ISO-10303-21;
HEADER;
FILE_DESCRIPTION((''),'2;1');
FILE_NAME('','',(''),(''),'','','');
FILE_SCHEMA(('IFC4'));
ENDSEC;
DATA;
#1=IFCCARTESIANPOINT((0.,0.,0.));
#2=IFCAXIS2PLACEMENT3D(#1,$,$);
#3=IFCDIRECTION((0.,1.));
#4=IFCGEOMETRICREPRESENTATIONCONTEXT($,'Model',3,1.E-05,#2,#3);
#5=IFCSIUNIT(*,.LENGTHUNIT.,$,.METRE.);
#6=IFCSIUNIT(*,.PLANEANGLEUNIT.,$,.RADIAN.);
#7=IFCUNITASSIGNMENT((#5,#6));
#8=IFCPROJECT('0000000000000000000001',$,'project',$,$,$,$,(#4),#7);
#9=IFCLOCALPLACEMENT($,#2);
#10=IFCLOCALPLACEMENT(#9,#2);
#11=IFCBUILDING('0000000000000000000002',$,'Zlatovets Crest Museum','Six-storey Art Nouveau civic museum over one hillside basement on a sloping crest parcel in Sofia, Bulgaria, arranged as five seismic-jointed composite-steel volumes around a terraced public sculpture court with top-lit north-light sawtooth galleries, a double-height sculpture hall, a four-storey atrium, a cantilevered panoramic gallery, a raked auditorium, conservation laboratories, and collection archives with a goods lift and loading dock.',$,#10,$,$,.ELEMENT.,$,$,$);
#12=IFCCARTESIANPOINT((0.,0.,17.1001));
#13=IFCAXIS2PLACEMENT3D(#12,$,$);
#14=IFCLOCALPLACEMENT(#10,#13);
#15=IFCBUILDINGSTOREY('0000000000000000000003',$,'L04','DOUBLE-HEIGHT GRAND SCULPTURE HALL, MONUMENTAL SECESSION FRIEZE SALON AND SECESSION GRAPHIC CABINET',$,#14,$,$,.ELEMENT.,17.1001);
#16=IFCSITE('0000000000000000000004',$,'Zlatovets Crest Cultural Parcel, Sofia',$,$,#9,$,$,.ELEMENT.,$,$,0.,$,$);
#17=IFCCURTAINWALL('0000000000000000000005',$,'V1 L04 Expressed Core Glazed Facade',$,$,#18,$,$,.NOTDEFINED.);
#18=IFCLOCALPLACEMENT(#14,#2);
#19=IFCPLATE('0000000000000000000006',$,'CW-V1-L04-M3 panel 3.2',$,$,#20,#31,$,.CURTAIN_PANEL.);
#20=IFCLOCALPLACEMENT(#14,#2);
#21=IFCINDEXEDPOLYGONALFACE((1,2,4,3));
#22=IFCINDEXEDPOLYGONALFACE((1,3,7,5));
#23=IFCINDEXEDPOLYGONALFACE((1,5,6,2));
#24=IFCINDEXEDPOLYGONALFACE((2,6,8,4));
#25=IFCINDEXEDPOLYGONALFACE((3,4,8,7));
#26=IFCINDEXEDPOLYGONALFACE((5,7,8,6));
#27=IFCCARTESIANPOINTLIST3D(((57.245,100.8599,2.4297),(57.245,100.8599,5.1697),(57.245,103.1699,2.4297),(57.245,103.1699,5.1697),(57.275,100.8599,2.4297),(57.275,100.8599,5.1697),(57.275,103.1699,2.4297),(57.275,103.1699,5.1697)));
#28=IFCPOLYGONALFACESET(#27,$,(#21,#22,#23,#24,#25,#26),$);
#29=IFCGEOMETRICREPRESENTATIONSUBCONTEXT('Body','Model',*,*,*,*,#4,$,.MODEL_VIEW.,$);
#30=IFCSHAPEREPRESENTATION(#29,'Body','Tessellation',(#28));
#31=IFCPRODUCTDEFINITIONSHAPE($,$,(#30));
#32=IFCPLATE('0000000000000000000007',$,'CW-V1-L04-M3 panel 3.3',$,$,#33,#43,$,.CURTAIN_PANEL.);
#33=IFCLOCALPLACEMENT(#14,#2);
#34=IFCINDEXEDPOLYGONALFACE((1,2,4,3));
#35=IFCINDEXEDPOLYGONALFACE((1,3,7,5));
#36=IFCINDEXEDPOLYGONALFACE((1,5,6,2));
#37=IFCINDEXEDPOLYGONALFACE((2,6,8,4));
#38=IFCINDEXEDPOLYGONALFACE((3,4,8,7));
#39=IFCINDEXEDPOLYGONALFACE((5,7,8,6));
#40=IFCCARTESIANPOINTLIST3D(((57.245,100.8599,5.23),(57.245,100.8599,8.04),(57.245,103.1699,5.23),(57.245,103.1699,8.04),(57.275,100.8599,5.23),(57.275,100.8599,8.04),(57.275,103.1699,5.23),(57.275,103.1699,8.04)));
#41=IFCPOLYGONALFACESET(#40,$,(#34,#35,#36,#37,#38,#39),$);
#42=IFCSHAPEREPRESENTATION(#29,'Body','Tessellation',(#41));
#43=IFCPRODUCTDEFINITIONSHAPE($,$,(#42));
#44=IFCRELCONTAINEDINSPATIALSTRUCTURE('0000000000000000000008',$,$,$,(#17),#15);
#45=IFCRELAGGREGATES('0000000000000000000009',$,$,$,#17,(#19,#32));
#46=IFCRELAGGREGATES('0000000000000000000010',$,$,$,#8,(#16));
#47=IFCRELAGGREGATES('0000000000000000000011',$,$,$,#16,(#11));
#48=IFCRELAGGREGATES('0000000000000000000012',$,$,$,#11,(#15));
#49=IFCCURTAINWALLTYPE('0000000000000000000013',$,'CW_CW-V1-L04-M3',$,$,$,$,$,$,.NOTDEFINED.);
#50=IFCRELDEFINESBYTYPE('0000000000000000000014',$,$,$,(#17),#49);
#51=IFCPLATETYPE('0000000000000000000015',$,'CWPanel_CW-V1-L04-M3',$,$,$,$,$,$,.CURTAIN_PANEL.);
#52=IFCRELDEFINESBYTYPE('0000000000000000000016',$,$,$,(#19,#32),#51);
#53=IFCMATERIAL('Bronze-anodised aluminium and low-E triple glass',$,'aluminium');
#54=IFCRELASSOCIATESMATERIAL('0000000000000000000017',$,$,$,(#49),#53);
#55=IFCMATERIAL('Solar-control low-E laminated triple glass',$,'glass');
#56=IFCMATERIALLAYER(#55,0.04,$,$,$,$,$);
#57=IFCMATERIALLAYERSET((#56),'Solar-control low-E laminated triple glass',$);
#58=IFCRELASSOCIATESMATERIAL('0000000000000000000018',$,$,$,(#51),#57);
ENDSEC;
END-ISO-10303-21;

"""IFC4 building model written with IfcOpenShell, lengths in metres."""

from ifc_helpers import new_model, si_unit, direction, frame, origin, origin_2d, place, context, subcontext, project, spatial, rectangle, extrude, material, layer, layer_set, type_object, element, aggregate, save


model = new_model("IFC4")

# Units and contexts
model_context = context("Model", 3, precision=1e-05, world=origin(), true_north=direction((0.0, 1.0)))
body_context = subcontext(model_context, "Body", "Model", "MODEL_VIEW")
ifc_project = project(units=[si_unit("LENGTHUNIT", "METRE"), si_unit("PLANEANGLEUNIT", "RADIAN")], contexts=[model_context])

# Site, building, storey
site_placement = place(None, origin())
site = spatial("IfcSite", under=ifc_project, at=site_placement, Name="Zlatovets Crest Cultural Parcel, Sofia", CompositionType="ELEMENT", RefElevation=0.0)
building_placement = place(site_placement, origin())
building = spatial("IfcBuilding", under=site, at=building_placement, Name="Zlatovets Crest Museum", Description="Six-storey Art Nouveau civic museum over one hillside basement on a sloping crest parcel in Sofia, Bulgaria, arranged as five seismic-jointed composite-steel volumes around a terraced public sculpture court with top-lit north-light sawtooth galleries, a double-height sculpture hall, a four-storey atrium, a cantilevered panoramic gallery, a raked auditorium, conservation laboratories, and collection archives with a goods lift and loading dock.", CompositionType="ELEMENT")
storey_placement = place(building_placement, frame((0.0, 0.0, 17.1001)))
storey = spatial("IfcBuildingStorey", under=building, at=storey_placement, Name="L04", Description="DOUBLE-HEIGHT GRAND SCULPTURE HALL, MONUMENTAL SECESSION FRIEZE SALON AND SECESSION GRAPHIC CABINET", CompositionType="ELEMENT", Elevation=17.1001)

# Curtain wall, plates
ifc_material_1 = material(Name="Bronze-anodised aluminium and low-E triple glass", Category="aluminium")
curtain_wall_type = type_object("IfcCurtainWallType", Name="CW_CW-V1-L04-M3", PredefinedType="NOTDEFINED", material=ifc_material_1)
curtain_wall_placement = place(storey_placement, origin())
curtain_wall = element("IfcCurtainWall", 1, at=curtain_wall_placement, inside=storey, type_object=curtain_wall_type, Name="V1 L04 Expressed Core Glazed Facade", PredefinedType="NOTDEFINED")
ifc_material_2 = material(Name="Solar-control low-E laminated triple glass", Category="glass")
ifc_layer = layer(ifc_material_2, 0.04)
ifc_layer_set = layer_set([ifc_layer], Name="Solar-control low-E laminated triple glass")
plate_type = type_object("IfcPlateType", Name="CWPanel_CW-V1-L04-M3", PredefinedType="CURTAIN_PANEL", material=ifc_layer_set)
plate_1_placement = place(storey_placement, frame((57.26, 102.0149, 2.4297), z_axis=(0.0, 0.0, 1.0), x_axis=(0.0, -1.0, 0.0)))
plate_1 = element("IfcPlate", 2, at=plate_1_placement, type_object=plate_type, Name="CW-V1-L04-M3 panel 3.2", PredefinedType="CURTAIN_PANEL", context=body_context, shape_type="SweptSolid", body=[
    extrude(rectangle(XDim=2.3101, YDim=0.03, at=origin_2d()), origin(), (0.0, 0.0, 1.0), 2.74),
])
plate_2_placement = place(storey_placement, frame((57.26, 102.0149, 5.23), z_axis=(0.0, 0.0, 1.0), x_axis=(0.0, -1.0, 0.0)))
plate_2 = element("IfcPlate", 3, at=plate_2_placement, type_object=plate_type, Name="CW-V1-L04-M3 panel 3.3", PredefinedType="CURTAIN_PANEL", context=body_context, shape_type="SweptSolid", body=[
    extrude(rectangle(XDim=2.3101, YDim=0.03, at=origin_2d()), origin(), (0.0, 0.0, 1.0), 2.8101),
])
aggregate(curtain_wall, [plate_1, plate_2])

save(model, "model.ifc")
